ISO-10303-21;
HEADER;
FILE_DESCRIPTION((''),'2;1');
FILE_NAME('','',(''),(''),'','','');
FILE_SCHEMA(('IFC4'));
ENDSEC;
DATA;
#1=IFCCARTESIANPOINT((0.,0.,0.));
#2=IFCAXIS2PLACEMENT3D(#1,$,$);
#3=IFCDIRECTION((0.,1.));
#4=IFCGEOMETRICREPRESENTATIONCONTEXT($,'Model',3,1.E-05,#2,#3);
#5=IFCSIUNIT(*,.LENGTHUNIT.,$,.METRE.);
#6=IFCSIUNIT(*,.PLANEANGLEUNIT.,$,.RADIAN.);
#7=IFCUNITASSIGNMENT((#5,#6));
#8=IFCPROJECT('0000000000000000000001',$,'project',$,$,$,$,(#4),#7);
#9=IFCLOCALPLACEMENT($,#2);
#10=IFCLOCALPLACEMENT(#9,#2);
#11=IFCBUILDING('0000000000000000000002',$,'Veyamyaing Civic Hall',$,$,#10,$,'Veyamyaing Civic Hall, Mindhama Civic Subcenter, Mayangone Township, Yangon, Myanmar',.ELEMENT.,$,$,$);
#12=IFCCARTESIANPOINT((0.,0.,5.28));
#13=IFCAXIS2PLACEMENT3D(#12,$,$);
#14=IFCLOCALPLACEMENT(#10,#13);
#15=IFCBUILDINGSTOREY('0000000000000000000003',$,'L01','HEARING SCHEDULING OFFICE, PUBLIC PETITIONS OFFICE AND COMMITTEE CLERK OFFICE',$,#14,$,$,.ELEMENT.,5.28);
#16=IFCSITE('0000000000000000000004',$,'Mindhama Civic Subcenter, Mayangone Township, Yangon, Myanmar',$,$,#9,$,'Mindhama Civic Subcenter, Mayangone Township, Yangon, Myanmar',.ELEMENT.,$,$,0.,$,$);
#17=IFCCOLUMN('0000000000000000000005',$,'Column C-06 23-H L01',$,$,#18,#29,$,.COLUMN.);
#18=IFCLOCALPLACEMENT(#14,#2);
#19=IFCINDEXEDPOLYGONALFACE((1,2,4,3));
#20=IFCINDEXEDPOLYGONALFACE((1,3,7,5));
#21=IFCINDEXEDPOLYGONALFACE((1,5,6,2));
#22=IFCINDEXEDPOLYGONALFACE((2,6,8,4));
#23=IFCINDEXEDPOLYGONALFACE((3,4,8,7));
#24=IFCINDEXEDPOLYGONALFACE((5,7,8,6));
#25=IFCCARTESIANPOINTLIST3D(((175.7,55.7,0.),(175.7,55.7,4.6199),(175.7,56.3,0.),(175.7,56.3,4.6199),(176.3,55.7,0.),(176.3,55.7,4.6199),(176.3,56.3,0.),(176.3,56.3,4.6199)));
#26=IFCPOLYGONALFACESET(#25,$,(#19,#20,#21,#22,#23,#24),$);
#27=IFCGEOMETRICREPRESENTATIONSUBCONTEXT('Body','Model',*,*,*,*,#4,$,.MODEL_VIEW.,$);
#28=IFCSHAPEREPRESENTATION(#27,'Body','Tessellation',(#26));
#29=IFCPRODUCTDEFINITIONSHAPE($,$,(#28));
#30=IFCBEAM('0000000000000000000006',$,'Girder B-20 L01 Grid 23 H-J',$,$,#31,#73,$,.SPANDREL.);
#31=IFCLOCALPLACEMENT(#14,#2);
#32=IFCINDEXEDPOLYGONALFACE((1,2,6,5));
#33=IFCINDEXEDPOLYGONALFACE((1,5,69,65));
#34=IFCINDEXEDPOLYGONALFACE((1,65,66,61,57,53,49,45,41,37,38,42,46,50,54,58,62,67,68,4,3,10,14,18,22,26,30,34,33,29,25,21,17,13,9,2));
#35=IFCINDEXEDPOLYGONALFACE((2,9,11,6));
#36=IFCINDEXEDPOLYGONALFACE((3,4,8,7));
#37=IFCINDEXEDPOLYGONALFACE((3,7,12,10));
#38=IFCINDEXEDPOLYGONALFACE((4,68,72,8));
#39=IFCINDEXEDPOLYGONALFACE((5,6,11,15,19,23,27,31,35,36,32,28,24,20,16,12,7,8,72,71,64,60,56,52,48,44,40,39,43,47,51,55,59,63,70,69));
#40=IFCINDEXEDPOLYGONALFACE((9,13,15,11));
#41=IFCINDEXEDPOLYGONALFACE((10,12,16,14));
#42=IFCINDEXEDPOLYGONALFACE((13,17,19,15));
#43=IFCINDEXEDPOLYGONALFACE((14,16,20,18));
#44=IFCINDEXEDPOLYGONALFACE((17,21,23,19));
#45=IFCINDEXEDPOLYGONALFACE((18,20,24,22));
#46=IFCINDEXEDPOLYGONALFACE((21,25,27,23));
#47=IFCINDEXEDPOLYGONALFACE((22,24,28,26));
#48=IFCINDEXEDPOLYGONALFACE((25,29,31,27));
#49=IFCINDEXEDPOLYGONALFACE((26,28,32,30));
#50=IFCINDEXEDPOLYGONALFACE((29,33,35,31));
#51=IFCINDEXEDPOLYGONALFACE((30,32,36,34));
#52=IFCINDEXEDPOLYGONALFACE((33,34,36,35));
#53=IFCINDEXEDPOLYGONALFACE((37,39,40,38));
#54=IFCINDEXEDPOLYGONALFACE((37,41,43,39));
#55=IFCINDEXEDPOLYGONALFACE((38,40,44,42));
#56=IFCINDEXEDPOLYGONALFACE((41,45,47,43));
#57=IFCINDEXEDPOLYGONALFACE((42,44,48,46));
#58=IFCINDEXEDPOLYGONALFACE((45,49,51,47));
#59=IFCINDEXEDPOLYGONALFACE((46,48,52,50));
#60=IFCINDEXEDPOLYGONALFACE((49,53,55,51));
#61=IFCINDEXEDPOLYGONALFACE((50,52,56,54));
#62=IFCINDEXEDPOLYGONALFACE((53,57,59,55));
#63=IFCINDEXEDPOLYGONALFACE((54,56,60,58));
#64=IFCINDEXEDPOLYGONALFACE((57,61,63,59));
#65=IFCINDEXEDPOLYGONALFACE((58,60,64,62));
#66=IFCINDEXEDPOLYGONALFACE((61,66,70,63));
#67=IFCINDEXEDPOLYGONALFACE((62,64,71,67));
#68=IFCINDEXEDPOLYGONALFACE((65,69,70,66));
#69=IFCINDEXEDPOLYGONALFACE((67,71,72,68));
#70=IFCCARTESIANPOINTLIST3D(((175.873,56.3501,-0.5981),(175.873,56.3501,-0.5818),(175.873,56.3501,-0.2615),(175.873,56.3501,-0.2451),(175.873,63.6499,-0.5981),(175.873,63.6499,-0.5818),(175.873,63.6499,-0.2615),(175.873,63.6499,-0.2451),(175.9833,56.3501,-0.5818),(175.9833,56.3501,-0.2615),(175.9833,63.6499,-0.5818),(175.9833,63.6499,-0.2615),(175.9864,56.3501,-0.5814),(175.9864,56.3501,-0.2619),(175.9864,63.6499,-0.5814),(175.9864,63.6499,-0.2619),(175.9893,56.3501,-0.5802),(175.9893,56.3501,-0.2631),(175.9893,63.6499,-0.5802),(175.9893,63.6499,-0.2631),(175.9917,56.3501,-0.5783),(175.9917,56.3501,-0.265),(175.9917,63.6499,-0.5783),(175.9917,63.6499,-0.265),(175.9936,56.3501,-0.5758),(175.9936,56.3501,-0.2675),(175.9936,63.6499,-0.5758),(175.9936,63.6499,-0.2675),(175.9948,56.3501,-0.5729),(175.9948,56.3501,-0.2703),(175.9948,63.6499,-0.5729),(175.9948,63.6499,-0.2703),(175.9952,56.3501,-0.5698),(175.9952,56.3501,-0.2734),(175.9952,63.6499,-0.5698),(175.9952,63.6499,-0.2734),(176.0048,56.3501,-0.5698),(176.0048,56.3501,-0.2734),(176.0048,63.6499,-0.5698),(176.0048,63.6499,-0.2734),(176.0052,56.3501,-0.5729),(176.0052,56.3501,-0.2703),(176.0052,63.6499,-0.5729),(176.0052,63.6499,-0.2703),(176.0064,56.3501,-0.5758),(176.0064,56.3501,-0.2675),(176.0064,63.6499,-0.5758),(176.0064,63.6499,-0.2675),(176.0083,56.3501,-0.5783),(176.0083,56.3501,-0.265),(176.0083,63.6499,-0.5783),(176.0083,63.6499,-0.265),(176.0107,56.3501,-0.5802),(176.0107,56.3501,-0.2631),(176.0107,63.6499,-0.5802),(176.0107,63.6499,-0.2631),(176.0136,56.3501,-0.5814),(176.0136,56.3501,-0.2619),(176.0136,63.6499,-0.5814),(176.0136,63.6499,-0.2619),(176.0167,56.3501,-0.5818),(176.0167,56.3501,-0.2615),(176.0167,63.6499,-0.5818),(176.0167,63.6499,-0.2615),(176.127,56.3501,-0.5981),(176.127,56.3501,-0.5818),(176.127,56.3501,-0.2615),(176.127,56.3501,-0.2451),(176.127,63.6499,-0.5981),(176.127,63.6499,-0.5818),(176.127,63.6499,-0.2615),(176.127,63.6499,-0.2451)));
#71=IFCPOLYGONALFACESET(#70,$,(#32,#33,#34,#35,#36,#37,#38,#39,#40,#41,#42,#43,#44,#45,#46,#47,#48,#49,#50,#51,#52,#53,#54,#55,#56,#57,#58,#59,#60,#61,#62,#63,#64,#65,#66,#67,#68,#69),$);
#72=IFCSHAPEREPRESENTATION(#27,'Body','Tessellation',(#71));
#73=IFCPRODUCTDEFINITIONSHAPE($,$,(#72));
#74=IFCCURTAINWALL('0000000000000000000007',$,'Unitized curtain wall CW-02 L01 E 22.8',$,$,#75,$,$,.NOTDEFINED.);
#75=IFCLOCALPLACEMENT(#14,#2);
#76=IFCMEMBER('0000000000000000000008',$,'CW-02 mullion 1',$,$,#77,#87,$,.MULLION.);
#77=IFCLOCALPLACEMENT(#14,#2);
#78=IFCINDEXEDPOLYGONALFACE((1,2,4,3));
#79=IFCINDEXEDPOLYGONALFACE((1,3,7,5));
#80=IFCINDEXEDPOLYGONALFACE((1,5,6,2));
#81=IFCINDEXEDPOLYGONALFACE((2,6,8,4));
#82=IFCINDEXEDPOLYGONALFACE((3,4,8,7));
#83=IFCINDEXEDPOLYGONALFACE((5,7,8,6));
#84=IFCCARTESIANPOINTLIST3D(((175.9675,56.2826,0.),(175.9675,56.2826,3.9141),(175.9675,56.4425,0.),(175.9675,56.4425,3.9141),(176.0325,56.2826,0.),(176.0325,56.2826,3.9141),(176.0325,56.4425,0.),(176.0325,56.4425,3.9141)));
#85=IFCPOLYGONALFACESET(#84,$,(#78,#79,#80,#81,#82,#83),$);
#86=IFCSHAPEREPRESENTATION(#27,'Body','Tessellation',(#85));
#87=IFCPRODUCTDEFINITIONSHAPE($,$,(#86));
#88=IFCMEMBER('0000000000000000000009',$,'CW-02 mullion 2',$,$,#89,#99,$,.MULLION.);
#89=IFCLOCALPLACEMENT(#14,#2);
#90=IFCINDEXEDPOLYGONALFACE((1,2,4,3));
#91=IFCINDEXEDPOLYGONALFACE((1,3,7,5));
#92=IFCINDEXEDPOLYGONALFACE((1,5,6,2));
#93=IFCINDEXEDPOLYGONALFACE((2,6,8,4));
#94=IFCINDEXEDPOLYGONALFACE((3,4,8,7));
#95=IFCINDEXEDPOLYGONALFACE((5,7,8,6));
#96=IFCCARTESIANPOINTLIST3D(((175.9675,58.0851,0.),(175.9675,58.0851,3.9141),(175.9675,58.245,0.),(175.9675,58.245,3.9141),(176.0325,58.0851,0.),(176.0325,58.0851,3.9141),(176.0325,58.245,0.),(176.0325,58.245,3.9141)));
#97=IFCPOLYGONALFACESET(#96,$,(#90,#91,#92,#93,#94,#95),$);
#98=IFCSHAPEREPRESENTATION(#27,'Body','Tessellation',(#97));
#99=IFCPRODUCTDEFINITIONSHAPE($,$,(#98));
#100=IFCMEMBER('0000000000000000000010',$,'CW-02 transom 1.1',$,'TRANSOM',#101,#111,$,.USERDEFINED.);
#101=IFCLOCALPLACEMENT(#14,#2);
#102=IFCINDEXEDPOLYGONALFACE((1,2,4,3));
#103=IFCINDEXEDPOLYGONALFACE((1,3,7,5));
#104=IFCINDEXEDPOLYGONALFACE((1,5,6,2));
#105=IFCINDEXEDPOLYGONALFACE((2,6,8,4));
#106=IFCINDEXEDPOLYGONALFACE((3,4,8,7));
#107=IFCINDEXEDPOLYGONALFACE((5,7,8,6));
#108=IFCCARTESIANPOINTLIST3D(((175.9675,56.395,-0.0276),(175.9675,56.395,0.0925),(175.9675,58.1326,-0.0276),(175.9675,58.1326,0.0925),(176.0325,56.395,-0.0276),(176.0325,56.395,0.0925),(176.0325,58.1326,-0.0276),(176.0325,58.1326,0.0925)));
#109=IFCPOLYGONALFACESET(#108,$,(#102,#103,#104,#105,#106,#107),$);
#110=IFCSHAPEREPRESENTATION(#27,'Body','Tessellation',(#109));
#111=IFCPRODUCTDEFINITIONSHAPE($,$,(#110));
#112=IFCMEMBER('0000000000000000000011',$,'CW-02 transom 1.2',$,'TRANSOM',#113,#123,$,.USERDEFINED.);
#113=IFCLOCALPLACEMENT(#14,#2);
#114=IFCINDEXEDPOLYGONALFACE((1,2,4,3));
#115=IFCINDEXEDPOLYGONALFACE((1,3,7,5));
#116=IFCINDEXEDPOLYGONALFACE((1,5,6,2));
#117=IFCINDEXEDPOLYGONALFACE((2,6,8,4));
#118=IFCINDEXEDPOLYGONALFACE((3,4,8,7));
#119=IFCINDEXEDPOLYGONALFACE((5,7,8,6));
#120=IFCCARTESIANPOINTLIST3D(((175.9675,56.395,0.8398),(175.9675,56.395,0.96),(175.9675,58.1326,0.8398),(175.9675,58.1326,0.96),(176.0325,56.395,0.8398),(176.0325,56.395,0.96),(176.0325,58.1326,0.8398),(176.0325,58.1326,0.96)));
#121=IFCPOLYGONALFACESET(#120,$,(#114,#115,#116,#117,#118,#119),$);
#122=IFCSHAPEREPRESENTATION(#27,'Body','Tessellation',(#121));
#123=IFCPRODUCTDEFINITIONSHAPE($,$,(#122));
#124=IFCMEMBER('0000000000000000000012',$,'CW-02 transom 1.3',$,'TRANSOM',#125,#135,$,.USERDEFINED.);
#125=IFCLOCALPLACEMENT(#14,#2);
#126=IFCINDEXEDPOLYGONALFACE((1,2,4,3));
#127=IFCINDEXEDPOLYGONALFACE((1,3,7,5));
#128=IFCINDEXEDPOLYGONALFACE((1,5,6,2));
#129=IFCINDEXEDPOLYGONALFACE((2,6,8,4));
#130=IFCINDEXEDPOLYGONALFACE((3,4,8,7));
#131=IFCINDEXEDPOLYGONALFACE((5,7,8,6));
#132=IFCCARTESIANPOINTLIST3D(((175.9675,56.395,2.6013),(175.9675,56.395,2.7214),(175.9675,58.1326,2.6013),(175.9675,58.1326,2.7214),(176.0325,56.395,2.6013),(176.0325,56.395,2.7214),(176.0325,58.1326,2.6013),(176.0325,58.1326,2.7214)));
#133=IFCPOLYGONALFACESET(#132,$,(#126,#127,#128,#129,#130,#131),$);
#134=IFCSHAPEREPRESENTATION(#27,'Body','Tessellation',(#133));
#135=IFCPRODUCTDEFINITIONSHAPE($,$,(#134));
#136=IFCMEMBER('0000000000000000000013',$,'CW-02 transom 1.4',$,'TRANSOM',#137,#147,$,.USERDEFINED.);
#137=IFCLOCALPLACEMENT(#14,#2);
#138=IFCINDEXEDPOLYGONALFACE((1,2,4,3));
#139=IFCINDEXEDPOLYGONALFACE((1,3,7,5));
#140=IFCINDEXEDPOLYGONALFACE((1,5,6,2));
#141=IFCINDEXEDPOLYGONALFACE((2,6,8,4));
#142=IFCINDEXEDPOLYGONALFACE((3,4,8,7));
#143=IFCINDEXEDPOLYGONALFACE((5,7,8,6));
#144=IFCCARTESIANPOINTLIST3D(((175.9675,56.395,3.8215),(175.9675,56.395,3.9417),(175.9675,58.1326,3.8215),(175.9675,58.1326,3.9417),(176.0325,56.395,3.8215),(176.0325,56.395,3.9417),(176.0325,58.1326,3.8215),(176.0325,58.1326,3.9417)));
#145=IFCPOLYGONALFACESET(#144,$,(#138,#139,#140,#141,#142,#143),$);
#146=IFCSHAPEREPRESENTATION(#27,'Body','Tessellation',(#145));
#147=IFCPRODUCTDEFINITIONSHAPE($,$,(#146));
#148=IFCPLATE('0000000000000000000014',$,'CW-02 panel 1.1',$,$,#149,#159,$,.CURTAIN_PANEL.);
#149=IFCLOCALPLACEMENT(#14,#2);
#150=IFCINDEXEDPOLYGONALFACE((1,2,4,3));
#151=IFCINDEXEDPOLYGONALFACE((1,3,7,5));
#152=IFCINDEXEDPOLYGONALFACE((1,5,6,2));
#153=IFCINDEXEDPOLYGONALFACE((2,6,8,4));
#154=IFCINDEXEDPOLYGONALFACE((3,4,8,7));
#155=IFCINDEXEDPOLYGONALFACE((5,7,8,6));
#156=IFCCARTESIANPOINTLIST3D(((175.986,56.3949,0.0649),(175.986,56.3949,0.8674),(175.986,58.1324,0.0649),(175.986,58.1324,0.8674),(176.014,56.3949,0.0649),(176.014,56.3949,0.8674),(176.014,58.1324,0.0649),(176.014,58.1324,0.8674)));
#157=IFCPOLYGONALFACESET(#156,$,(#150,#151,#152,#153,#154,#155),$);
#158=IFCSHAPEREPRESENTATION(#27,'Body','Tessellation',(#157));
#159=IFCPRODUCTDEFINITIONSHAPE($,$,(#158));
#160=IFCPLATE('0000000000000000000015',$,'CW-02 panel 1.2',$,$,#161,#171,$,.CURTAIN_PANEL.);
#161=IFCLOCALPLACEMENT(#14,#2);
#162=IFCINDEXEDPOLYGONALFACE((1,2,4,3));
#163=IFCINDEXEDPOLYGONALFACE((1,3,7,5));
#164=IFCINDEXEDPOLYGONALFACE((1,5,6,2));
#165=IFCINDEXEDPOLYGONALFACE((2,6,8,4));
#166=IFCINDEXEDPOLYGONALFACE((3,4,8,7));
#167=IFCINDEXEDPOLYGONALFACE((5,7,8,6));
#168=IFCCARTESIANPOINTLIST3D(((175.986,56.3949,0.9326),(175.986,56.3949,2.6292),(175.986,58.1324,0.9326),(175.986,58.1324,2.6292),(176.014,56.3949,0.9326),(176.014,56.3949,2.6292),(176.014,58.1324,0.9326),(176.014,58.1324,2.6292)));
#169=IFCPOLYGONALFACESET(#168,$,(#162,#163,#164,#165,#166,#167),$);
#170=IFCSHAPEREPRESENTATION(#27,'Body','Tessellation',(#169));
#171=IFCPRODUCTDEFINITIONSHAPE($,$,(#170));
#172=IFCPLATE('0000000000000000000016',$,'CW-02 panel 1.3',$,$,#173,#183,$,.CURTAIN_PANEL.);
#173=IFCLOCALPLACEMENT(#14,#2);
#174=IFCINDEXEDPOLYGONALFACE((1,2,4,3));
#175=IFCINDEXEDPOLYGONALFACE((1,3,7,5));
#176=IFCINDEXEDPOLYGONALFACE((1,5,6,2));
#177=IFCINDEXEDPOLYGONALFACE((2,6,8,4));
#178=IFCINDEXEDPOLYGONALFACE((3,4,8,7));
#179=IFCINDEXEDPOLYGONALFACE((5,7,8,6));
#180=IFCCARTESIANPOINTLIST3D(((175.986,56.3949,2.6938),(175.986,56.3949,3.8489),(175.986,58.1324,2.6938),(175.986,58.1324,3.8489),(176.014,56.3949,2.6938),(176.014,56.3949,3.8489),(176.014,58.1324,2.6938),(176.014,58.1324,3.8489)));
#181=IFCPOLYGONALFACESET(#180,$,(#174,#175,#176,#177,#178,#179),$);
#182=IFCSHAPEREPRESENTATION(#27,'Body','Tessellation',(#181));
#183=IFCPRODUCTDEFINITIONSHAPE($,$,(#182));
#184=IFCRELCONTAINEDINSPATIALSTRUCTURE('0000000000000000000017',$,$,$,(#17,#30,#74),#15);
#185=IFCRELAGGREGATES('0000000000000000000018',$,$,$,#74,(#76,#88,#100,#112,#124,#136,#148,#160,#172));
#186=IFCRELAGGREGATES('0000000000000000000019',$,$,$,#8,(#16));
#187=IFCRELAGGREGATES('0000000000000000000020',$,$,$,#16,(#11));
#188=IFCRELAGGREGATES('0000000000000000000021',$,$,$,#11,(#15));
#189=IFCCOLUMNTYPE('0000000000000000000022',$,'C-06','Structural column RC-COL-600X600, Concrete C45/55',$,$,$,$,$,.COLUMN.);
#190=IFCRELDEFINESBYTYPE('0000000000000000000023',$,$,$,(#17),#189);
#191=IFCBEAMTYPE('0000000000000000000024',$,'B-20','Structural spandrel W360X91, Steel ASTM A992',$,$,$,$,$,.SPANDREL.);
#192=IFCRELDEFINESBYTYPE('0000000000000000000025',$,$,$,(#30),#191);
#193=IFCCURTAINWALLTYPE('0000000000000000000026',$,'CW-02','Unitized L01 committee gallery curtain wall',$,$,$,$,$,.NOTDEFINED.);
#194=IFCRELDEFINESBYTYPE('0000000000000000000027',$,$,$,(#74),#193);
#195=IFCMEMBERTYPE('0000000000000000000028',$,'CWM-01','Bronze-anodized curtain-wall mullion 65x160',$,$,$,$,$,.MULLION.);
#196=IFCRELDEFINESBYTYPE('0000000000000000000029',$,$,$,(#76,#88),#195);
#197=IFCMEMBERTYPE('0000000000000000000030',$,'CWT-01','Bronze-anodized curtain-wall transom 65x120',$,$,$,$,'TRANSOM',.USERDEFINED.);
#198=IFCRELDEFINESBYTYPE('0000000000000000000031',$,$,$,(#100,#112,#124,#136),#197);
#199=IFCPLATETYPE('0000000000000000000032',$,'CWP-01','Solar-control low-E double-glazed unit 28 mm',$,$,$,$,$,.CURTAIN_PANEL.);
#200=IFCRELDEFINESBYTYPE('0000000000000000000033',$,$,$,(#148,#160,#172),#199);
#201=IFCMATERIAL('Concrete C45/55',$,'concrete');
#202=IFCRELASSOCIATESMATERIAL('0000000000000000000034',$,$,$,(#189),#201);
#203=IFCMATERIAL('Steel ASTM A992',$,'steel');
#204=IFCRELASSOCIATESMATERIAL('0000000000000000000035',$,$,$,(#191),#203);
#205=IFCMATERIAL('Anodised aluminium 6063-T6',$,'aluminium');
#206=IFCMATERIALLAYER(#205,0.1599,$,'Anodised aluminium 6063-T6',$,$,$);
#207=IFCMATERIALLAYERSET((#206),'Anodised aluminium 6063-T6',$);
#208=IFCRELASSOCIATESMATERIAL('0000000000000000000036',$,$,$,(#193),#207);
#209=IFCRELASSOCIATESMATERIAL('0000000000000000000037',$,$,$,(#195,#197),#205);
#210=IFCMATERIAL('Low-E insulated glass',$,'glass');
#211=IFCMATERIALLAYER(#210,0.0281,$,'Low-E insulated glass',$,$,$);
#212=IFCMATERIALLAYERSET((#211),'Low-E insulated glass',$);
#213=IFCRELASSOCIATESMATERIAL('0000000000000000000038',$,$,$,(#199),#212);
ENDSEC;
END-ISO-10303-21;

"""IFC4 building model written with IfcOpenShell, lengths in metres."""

from ifc_helpers import new_model, si_unit, direction, frame, origin, origin_2d, place, context, subcontext, project, spatial, rectangle, i_section, extrude, material, layer, layer_set, material_profile, profile_set, type_object, element, aggregate, save


model = new_model("IFC4")

# Units and contexts
model_context = context("Model", 3, precision=1e-05, world=origin(), true_north=direction((0.0, 1.0)))
body_context = subcontext(model_context, "Body", "Model", "MODEL_VIEW")
ifc_project = project(units=[si_unit("LENGTHUNIT", "METRE"), si_unit("PLANEANGLEUNIT", "RADIAN")], contexts=[model_context])

# Site, building, storey
site_placement = place(None, origin())
site = spatial("IfcSite", under=ifc_project, at=site_placement, Name="Mindhama Civic Subcenter, Mayangone Township, Yangon, Myanmar", LongName="Mindhama Civic Subcenter, Mayangone Township, Yangon, Myanmar", CompositionType="ELEMENT", RefElevation=0.0)
building_placement = place(site_placement, origin())
building = spatial("IfcBuilding", under=site, at=building_placement, Name="Veyamyaing Civic Hall", LongName="Veyamyaing Civic Hall, Mindhama Civic Subcenter, Mayangone Township, Yangon, Myanmar", CompositionType="ELEMENT")
storey_placement = place(building_placement, frame((0.0, 0.0, 5.28)))
storey = spatial("IfcBuildingStorey", under=building, at=storey_placement, Name="L01", Description="HEARING SCHEDULING OFFICE, PUBLIC PETITIONS OFFICE AND COMMITTEE CLERK OFFICE", CompositionType="ELEMENT", Elevation=5.28)

# Column
ifc_material_1 = material(Name="Concrete C45/55", Category="concrete")
ifc_material_profile_1 = material_profile(ifc_material_1, rectangle(XDim=0.6001, YDim=0.6001, at=origin_2d()), Name="RC-COL-600X600")
ifc_profile_set_1 = profile_set([ifc_material_profile_1], Name="Concrete C45/55")
column_type = type_object("IfcColumnType", Name="C-06", Description="Structural column RC-COL-600X600, Concrete C45/55", PredefinedType="COLUMN", material=ifc_profile_set_1)
column_placement = place(storey_placement, frame((176.0, 56.0, 0.0), z_axis=(0.0, 0.0, 1.0), x_axis=(1.0, 0.0, 0.0)))
element("IfcColumn", 1, at=column_placement, inside=storey, type_object=column_type, Name="Column C-06 23-H L01", PredefinedType="COLUMN", context=body_context, shape_type="SweptSolid", body=[
    extrude(rectangle(XDim=0.6001, YDim=0.6001, at=origin_2d()), origin(), (0.0, 0.0, 1.0), 4.6199),
])

# Beam
ifc_material_2 = material(Name="Steel ASTM A992", Category="steel")
ifc_material_profile_2 = material_profile(ifc_material_2, i_section(OverallWidth=0.2539, OverallDepth=0.353, WebThickness=0.0095, FlangeThickness=0.0164, FilletRadius=0.012, at=origin_2d()), Name="W360X91")
ifc_profile_set_2 = profile_set([ifc_material_profile_2], Name="Steel ASTM A992")
beam_type = type_object("IfcBeamType", Name="B-20", Description="Structural spandrel W360X91, Steel ASTM A992", PredefinedType="SPANDREL", material=ifc_profile_set_2)
beam_placement = place(storey_placement, frame((176.0, 56.3501, -0.4216), z_axis=(0.0, 1.0, 0.0), x_axis=(-1.0, 0.0, 0.0)))
element("IfcBeam", 2, at=beam_placement, inside=storey, type_object=beam_type, Name="Girder B-20 L01 Grid 23 H-J", PredefinedType="SPANDREL", context=body_context, shape_type="SweptSolid", body=[
    extrude(i_section(OverallWidth=0.2539, OverallDepth=0.353, WebThickness=0.0095, FlangeThickness=0.0164, FilletRadius=0.012, at=origin_2d()), origin(), (0.0, 0.0, 1.0), 7.2998),
])

# Curtain wall, members, plates
ifc_material_3 = material(Name="Anodised aluminium 6063-T6", Category="aluminium")
ifc_layer_1 = layer(ifc_material_3, 0.1599, Name="Anodised aluminium 6063-T6")
ifc_layer_set_1 = layer_set([ifc_layer_1], Name="Anodised aluminium 6063-T6")
curtain_wall_type = type_object("IfcCurtainWallType", Name="CW-02", Description="Unitized L01 committee gallery curtain wall", PredefinedType="NOTDEFINED", material=ifc_layer_set_1)
curtain_wall_placement = place(storey_placement, origin())
curtain_wall = element("IfcCurtainWall", 3, at=curtain_wall_placement, inside=storey, type_object=curtain_wall_type, Name="Unitized curtain wall CW-02 L01 E 22.8", PredefinedType="NOTDEFINED")
ifc_material_profile_3 = material_profile(ifc_material_3, rectangle(XDim=0.0649, YDim=0.1599, at=origin_2d()), Name="ALU-MUL-65X160")
ifc_profile_set_3 = profile_set([ifc_material_profile_3], Name="Anodised aluminium 6063-T6")
member_type_1 = type_object("IfcMemberType", Name="CWM-01", Description="Bronze-anodized curtain-wall mullion 65x160", PredefinedType="MULLION", material=ifc_profile_set_3)
member_1_placement = place(storey_placement, frame((176.0, 56.3625, 0.0), z_axis=(0.0, 0.0, 1.0), x_axis=(-1.0, 0.0, 0.0)))
member_1 = element("IfcMember", 4, at=member_1_placement, type_object=member_type_1, Name="CW-02 mullion 1", PredefinedType="MULLION", context=body_context, shape_type="SweptSolid", body=[
    extrude(rectangle(XDim=0.0649, YDim=0.1599, at=origin_2d()), origin(), (0.0, 0.0, 1.0), 3.9141),
])
member_2_placement = place(storey_placement, frame((176.0, 58.165, 0.0), z_axis=(0.0, 0.0, 1.0), x_axis=(-1.0, 0.0, 0.0)))
member_2 = element("IfcMember", 5, at=member_2_placement, type_object=member_type_1, Name="CW-02 mullion 2", PredefinedType="MULLION", context=body_context, shape_type="SweptSolid", body=[
    extrude(rectangle(XDim=0.0649, YDim=0.1599, at=origin_2d()), origin(), (0.0, 0.0, 1.0), 3.9141),
])
ifc_material_profile_4 = material_profile(ifc_material_3, rectangle(XDim=0.0649, YDim=0.1201, at=origin_2d()), Name="ALU-TRN-65X120")
ifc_profile_set_4 = profile_set([ifc_material_profile_4], Name="Anodised aluminium 6063-T6")
member_type_2 = type_object("IfcMemberType", Name="CWT-01", Description="Bronze-anodized curtain-wall transom 65x120", ElementType="TRANSOM", PredefinedType="USERDEFINED", material=ifc_profile_set_4)
member_3_placement = place(storey_placement, frame((176.0, 56.395, 0.0325), z_axis=(0.0, 1.0, 0.0), x_axis=(-1.0, 0.0, 0.0)))
member_3 = element("IfcMember", 6, at=member_3_placement, type_object=member_type_2, Name="CW-02 transom 1.1", ObjectType="TRANSOM", PredefinedType="USERDEFINED", context=body_context, shape_type="SweptSolid", body=[
    extrude(rectangle(XDim=0.0649, YDim=0.1201, at=origin_2d()), origin(), (0.0, 0.0, 1.0), 1.7375),
])
member_4_placement = place(storey_placement, frame((176.0, 56.395, 0.8999), z_axis=(0.0, 1.0, 0.0), x_axis=(-1.0, 0.0, 0.0)))
member_4 = element("IfcMember", 7, at=member_4_placement, type_object=member_type_2, Name="CW-02 transom 1.2", ObjectType="TRANSOM", PredefinedType="USERDEFINED", context=body_context, shape_type="SweptSolid", body=[
    extrude(rectangle(XDim=0.0649, YDim=0.1201, at=origin_2d()), origin(), (0.0, 0.0, 1.0), 1.7375),
])
member_5_placement = place(storey_placement, frame((176.0, 56.395, 2.6614), z_axis=(0.0, 1.0, 0.0), x_axis=(-1.0, 0.0, 0.0)))
member_5 = element("IfcMember", 8, at=member_5_placement, type_object=member_type_2, Name="CW-02 transom 1.3", ObjectType="TRANSOM", PredefinedType="USERDEFINED", context=body_context, shape_type="SweptSolid", body=[
    extrude(rectangle(XDim=0.0649, YDim=0.1201, at=origin_2d()), origin(), (0.0, 0.0, 1.0), 1.7375),
])
member_6_placement = place(storey_placement, frame((176.0, 56.395, 3.8816), z_axis=(0.0, 1.0, 0.0), x_axis=(-1.0, 0.0, 0.0)))
member_6 = element("IfcMember", 9, at=member_6_placement, type_object=member_type_2, Name="CW-02 transom 1.4", ObjectType="TRANSOM", PredefinedType="USERDEFINED", context=body_context, shape_type="SweptSolid", body=[
    extrude(rectangle(XDim=0.0649, YDim=0.1201, at=origin_2d()), origin(), (0.0, 0.0, 1.0), 1.7375),
])
ifc_material_4 = material(Name="Low-E insulated glass", Category="glass")
ifc_layer_2 = layer(ifc_material_4, 0.0281, Name="Low-E insulated glass")
ifc_layer_set_2 = layer_set([ifc_layer_2], Name="Low-E insulated glass")
plate_type = type_object("IfcPlateType", Name="CWP-01", Description="Solar-control low-E double-glazed unit 28 mm", PredefinedType="CURTAIN_PANEL", material=ifc_layer_set_2)
plate_1_placement = place(storey_placement, frame((176.0, 57.2637, 0.0649), z_axis=(0.0, 0.0, 1.0), x_axis=(0.0, 1.0, 0.0)))
plate_1 = element("IfcPlate", 10, at=plate_1_placement, type_object=plate_type, Name="CW-02 panel 1.1", PredefinedType="CURTAIN_PANEL", context=body_context, shape_type="SweptSolid", body=[
    extrude(rectangle(XDim=1.7375, YDim=0.0281, at=origin_2d()), origin(), (0.0, 0.0, 1.0), 0.8025),
])
plate_2_placement = place(storey_placement, frame((176.0, 57.2637, 0.9326), z_axis=(0.0, 0.0, 1.0), x_axis=(0.0, 1.0, 0.0)))
plate_2 = element("IfcPlate", 11, at=plate_2_placement, type_object=plate_type, Name="CW-02 panel 1.2", PredefinedType="CURTAIN_PANEL", context=body_context, shape_type="SweptSolid", body=[
    extrude(rectangle(XDim=1.7375, YDim=0.0281, at=origin_2d()), origin(), (0.0, 0.0, 1.0), 1.6965),
])
plate_3_placement = place(storey_placement, frame((176.0, 57.2637, 2.6938), z_axis=(0.0, 0.0, 1.0), x_axis=(0.0, 1.0, 0.0)))
plate_3 = element("IfcPlate", 12, at=plate_3_placement, type_object=plate_type, Name="CW-02 panel 1.3", PredefinedType="CURTAIN_PANEL", context=body_context, shape_type="SweptSolid", body=[
    extrude(rectangle(XDim=1.7375, YDim=0.0281, at=origin_2d()), origin(), (0.0, 0.0, 1.0), 1.155),
])
aggregate(curtain_wall, [member_1, member_2, member_3, member_4, member_5, member_6, plate_1, plate_2, plate_3])

save(model, "model.ifc")
